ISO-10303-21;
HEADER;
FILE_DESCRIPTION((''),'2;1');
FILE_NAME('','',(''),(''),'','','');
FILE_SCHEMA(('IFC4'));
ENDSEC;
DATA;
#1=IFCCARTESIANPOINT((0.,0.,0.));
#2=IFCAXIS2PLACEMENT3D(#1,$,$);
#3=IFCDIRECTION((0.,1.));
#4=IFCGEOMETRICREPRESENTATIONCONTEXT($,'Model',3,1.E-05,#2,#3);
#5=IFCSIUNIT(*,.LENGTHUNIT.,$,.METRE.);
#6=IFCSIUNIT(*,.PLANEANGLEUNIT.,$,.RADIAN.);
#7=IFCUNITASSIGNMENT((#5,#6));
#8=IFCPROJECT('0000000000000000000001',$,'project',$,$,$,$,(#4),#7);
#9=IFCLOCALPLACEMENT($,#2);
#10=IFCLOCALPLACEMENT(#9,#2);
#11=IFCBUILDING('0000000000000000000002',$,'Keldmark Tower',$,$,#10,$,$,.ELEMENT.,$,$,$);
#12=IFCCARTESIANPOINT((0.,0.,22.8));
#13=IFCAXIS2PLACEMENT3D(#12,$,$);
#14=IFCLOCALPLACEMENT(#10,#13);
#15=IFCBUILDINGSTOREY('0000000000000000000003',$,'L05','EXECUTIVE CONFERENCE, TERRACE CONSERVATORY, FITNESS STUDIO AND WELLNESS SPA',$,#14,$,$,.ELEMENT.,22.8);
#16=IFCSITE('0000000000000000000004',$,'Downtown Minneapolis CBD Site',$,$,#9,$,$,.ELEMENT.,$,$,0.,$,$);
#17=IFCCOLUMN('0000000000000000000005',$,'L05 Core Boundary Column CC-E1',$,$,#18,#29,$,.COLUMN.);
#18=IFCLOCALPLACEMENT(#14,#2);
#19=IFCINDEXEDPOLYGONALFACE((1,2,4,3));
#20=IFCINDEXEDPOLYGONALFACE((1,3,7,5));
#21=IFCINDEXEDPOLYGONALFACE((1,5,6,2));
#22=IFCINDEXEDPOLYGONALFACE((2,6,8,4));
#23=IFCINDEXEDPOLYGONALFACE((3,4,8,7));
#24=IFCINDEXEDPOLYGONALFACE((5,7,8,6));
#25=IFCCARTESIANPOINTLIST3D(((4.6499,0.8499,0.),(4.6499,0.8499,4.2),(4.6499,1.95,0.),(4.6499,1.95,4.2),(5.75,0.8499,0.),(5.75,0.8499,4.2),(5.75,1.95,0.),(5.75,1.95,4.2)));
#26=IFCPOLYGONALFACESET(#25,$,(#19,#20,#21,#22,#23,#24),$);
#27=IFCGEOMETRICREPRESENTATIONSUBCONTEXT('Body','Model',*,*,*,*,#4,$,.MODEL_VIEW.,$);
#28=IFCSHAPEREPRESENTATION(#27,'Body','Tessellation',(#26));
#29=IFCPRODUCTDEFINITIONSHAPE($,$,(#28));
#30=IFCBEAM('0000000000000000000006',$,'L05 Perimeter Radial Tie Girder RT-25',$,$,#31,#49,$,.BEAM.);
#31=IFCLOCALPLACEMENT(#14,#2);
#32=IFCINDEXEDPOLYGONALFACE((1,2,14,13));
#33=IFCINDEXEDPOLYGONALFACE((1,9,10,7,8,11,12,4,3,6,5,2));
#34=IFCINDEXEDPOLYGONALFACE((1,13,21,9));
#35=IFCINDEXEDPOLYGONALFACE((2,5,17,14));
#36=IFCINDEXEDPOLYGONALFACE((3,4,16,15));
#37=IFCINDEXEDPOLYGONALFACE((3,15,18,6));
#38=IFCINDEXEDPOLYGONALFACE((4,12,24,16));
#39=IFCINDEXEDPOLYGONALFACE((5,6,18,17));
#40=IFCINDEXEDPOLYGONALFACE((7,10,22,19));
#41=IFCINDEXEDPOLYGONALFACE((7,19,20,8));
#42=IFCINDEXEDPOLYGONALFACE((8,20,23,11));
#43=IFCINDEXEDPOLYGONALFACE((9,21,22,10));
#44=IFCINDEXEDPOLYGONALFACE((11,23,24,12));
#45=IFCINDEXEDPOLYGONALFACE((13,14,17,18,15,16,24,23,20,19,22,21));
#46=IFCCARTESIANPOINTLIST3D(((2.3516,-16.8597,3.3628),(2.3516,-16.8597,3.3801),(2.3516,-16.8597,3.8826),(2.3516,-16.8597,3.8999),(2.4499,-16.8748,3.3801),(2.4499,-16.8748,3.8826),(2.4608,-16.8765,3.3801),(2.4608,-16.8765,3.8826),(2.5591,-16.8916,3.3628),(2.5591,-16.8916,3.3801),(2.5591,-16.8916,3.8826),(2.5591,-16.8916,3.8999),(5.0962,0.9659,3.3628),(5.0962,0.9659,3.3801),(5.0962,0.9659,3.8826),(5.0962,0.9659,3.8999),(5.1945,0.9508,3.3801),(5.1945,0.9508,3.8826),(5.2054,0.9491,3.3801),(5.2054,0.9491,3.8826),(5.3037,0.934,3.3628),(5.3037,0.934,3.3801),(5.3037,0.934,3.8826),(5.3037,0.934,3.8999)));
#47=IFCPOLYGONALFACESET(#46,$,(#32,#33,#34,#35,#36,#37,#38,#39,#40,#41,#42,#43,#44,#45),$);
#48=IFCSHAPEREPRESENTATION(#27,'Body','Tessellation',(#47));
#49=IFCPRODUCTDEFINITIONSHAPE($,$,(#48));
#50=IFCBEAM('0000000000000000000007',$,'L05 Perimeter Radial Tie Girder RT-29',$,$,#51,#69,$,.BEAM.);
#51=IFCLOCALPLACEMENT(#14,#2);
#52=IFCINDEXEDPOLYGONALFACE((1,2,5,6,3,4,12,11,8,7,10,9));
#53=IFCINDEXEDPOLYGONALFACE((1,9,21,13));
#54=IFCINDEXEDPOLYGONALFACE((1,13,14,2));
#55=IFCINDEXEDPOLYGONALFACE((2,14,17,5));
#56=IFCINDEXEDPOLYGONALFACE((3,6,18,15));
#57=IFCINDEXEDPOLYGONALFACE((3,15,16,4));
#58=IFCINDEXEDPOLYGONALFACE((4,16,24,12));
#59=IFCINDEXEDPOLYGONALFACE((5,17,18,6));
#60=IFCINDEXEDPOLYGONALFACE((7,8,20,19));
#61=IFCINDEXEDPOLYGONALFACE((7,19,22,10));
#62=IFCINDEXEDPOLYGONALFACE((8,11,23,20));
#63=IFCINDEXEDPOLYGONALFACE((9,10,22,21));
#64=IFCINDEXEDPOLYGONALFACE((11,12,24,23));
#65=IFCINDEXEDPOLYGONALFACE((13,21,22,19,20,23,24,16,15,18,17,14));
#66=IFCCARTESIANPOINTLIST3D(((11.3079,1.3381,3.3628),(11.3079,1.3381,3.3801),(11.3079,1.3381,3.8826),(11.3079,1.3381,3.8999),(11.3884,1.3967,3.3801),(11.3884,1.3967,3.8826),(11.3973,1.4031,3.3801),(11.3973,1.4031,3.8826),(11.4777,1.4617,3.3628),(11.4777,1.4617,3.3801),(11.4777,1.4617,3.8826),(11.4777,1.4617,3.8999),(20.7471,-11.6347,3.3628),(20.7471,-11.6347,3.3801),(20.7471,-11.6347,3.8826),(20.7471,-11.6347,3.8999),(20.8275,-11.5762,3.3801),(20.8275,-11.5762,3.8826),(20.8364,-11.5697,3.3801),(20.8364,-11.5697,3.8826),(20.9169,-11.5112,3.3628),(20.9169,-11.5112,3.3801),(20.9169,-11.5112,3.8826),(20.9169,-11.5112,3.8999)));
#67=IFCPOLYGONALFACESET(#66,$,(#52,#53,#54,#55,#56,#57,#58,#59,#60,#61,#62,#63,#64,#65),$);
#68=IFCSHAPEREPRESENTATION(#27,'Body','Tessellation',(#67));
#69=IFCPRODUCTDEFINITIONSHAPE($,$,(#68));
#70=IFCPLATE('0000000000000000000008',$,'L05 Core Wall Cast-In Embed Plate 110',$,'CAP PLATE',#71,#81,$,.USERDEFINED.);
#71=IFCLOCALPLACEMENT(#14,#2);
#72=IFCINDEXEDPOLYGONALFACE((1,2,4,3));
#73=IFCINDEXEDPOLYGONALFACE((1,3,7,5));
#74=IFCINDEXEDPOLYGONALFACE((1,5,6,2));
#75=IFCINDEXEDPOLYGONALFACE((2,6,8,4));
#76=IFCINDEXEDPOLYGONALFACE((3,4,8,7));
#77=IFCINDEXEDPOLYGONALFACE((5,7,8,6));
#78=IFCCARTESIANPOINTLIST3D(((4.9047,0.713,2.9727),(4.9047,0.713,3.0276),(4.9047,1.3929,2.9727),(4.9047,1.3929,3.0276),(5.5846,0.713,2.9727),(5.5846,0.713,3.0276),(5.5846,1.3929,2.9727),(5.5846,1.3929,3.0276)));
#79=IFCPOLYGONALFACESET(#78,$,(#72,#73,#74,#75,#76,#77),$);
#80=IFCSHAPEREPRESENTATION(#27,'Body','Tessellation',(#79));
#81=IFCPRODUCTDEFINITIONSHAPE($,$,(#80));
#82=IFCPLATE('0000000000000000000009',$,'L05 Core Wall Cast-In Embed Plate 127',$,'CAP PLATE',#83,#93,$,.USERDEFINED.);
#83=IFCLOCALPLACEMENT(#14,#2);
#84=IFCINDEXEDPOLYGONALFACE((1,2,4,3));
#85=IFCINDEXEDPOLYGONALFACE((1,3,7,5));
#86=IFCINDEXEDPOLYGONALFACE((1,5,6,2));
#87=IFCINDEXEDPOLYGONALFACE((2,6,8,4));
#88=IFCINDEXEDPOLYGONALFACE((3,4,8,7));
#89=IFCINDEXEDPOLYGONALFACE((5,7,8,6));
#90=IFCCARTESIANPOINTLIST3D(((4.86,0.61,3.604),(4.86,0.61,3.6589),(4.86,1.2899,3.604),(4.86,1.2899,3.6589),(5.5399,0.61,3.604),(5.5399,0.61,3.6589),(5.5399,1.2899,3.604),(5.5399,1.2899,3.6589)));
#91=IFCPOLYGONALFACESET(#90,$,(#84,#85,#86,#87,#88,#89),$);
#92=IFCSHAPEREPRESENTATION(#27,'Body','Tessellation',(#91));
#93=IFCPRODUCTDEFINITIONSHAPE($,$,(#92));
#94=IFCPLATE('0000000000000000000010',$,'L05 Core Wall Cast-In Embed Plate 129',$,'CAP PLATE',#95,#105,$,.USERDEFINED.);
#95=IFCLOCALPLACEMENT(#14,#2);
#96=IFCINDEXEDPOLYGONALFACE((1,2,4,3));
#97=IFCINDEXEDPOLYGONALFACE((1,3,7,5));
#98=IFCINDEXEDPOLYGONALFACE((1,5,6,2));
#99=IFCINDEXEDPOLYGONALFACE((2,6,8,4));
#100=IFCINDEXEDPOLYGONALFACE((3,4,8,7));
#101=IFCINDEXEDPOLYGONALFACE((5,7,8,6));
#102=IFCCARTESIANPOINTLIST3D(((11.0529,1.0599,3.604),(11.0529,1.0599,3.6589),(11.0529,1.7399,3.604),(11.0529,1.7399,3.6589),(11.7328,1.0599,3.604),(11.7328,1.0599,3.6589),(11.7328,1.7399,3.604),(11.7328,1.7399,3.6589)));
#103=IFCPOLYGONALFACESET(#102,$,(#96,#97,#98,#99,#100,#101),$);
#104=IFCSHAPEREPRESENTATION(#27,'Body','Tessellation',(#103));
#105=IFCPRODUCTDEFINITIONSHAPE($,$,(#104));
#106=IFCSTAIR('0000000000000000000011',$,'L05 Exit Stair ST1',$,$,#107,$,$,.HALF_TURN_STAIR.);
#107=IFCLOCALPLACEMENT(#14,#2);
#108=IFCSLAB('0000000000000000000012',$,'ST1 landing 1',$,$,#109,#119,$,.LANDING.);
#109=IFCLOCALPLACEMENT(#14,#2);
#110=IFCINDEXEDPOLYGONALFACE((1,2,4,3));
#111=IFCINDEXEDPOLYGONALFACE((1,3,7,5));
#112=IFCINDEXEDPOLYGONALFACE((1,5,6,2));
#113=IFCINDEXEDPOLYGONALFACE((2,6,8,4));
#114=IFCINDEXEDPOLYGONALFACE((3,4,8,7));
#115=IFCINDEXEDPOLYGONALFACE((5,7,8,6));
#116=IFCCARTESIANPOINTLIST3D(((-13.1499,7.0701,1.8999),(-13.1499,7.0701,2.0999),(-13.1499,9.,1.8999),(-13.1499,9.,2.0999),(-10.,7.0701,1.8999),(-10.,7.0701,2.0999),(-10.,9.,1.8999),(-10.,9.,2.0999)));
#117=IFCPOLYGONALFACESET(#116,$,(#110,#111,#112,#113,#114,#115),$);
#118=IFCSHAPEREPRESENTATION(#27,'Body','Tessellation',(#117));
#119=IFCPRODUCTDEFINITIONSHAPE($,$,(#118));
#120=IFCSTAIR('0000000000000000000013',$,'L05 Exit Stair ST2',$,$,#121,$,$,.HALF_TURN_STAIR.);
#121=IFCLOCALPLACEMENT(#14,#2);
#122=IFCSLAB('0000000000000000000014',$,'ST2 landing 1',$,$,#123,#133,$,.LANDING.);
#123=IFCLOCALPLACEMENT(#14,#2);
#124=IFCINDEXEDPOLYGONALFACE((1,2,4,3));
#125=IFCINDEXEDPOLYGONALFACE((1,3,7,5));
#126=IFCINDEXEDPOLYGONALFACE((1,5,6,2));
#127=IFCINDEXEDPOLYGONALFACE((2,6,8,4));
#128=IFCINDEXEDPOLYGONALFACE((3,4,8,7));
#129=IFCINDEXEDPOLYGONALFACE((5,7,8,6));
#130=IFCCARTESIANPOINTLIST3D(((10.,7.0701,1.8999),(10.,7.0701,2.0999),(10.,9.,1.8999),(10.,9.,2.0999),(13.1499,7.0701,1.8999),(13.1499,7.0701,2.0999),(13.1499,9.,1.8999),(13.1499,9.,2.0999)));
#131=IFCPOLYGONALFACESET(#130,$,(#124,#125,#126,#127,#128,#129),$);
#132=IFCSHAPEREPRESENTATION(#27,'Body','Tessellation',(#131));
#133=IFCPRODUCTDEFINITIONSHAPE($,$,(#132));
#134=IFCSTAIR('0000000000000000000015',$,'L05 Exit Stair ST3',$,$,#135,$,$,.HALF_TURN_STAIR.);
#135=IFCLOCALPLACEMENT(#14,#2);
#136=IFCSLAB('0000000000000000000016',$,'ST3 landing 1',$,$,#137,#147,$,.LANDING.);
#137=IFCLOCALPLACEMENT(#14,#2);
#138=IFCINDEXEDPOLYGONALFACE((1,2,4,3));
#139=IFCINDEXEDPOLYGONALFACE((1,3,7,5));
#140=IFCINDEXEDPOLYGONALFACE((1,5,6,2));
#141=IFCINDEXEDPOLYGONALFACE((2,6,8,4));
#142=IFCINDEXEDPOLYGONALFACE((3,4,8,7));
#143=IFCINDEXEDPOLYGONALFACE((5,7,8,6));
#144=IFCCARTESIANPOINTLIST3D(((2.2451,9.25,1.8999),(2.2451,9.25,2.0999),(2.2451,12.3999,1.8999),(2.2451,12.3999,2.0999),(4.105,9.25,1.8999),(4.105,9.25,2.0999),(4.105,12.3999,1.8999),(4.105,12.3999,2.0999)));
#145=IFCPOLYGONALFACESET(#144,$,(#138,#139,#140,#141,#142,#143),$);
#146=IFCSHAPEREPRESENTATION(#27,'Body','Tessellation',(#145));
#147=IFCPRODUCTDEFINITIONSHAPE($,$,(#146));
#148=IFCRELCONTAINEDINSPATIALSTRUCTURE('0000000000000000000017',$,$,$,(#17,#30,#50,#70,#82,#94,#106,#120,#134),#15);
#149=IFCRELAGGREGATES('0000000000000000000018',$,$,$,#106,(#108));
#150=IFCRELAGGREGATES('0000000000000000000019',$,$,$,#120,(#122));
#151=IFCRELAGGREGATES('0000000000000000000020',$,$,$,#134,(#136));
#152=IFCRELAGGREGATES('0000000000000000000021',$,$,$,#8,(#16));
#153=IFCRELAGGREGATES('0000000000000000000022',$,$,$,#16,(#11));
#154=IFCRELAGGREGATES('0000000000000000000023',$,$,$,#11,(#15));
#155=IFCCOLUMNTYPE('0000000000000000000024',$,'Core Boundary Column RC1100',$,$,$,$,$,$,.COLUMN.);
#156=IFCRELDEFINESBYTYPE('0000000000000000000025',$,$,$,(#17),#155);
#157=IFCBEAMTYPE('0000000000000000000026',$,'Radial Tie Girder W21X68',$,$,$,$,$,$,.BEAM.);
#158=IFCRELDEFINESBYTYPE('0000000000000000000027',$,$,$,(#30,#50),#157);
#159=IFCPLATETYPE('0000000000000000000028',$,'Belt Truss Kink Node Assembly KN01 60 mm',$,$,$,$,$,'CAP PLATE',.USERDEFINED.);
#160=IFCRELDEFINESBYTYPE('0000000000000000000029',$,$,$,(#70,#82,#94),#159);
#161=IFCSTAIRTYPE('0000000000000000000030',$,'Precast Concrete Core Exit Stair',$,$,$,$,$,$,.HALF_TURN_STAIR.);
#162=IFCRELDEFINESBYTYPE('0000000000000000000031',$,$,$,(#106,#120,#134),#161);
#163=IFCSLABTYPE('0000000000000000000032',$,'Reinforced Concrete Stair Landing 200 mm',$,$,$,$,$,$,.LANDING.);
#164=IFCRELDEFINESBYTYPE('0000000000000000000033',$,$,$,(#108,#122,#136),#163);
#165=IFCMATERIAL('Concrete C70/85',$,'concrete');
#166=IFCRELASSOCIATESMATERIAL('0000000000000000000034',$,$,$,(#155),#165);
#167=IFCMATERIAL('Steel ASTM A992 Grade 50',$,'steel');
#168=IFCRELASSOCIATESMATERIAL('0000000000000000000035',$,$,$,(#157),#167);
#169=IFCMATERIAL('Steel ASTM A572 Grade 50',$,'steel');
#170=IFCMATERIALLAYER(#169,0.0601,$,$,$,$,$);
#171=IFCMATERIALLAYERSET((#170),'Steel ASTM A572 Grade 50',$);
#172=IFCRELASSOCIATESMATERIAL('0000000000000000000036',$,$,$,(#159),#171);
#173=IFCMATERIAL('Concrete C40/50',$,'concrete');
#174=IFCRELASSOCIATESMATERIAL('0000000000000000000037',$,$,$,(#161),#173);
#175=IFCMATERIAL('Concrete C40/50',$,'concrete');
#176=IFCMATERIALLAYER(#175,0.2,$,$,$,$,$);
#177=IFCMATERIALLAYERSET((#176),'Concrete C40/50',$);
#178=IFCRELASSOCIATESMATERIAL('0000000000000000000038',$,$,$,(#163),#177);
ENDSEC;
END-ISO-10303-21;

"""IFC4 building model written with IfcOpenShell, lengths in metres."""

from ifc_helpers import new_model, si_unit, direction, frame, origin, origin_2d, place, context, subcontext, project, spatial, polyline, rectangle, i_section, outline, extrude, material, layer, layer_set, material_profile, profile_set, type_object, element, aggregate, save


model = new_model("IFC4")

# Units and contexts
model_context = context("Model", 3, precision=1e-05, world=origin(), true_north=direction((0.0, 1.0)))
body_context = subcontext(model_context, "Body", "Model", "MODEL_VIEW")
ifc_project = project(units=[si_unit("LENGTHUNIT", "METRE"), si_unit("PLANEANGLEUNIT", "RADIAN")], contexts=[model_context])

# Site, building, storey
site_placement = place(None, origin())
site = spatial("IfcSite", under=ifc_project, at=site_placement, Name="Downtown Minneapolis CBD Site", CompositionType="ELEMENT", RefElevation=0.0)
building_placement = place(site_placement, origin())
building = spatial("IfcBuilding", under=site, at=building_placement, Name="Keldmark Tower", CompositionType="ELEMENT")
storey_placement = place(building_placement, frame((0.0, 0.0, 22.8)))
storey = spatial("IfcBuildingStorey", under=building, at=storey_placement, Name="L05", Description="EXECUTIVE CONFERENCE, TERRACE CONSERVATORY, FITNESS STUDIO AND WELLNESS SPA", CompositionType="ELEMENT", Elevation=22.8)

# Column
ifc_material_1 = material(Name="Concrete C70/85", Category="concrete")
ifc_material_profile_1 = material_profile(ifc_material_1, rectangle(XDim=1.1001, YDim=1.1001, at=origin_2d()), Name="RC1100X1100")
ifc_profile_set_1 = profile_set([ifc_material_profile_1], Name="Concrete C70/85")
column_type = type_object("IfcColumnType", Name="Core Boundary Column RC1100", PredefinedType="COLUMN", material=ifc_profile_set_1)
column_placement = place(storey_placement, frame((5.2, 1.3999, 0.0), z_axis=(0.0, 0.0, 1.0), x_axis=(1.0, 0.0, 0.0)))
element("IfcColumn", 1, at=column_placement, inside=storey, type_object=column_type, Name="L05 Core Boundary Column CC-E1", PredefinedType="COLUMN", context=body_context, shape_type="SweptSolid", body=[
    extrude(rectangle(XDim=1.1001, YDim=1.1001, at=origin_2d()), origin(), (0.0, 0.0, 1.0), 4.2),
])

# Beams
ifc_material_2 = material(Name="Steel ASTM A992 Grade 50", Category="steel")
ifc_material_profile_2 = material_profile(ifc_material_2, i_section(OverallWidth=0.21, OverallDepth=0.5371, WebThickness=0.011, FlangeThickness=0.0173, at=origin_2d()), Name="W21X68")
ifc_profile_set_2 = profile_set([ifc_material_profile_2], Name="Steel ASTM A992 Grade 50")
beam_type = type_object("IfcBeamType", Name="Radial Tie Girder W21X68", PredefinedType="BEAM", material=ifc_profile_set_2)
beam_1_placement = place(storey_placement, frame((5.2, 0.95, 3.6313), z_axis=(-0.152177, -0.988353, 0.0), x_axis=(0.988353, -0.152177, 0.0)))
element("IfcBeam", 2, at=beam_1_placement, inside=storey, type_object=beam_type, Name="L05 Perimeter Radial Tie Girder RT-25", PredefinedType="BEAM", context=body_context, shape_type="SweptSolid", body=[
    extrude(i_section(OverallWidth=0.21, OverallDepth=0.5371, WebThickness=0.011, FlangeThickness=0.0173, at=origin_2d()), origin(), (0.0, 0.0, 1.0), 18.0356),
])
beam_2_placement = place(storey_placement, frame((11.3928, 1.3999, 3.6313), z_axis=(0.58835, -0.808606, 0.0), x_axis=(0.808606, 0.58835, 0.0)))
element("IfcBeam", 3, at=beam_2_placement, inside=storey, type_object=beam_type, Name="L05 Perimeter Radial Tie Girder RT-29", PredefinedType="BEAM", context=body_context, shape_type="SweptSolid", body=[
    extrude(i_section(OverallWidth=0.21, OverallDepth=0.5371, WebThickness=0.011, FlangeThickness=0.0173, at=origin_2d()), origin(), (0.0, 0.0, 1.0), 16.0435),
])

# Plates
ifc_material_3 = material(Name="Steel ASTM A572 Grade 50", Category="steel")
ifc_layer_1 = layer(ifc_material_3, 0.0601)
ifc_layer_set_1 = layer_set([ifc_layer_1], Name="Steel ASTM A572 Grade 50")
plate_type = type_object("IfcPlateType", Name="Belt Truss Kink Node Assembly KN01 60 mm", ElementType="CAP PLATE", PredefinedType="USERDEFINED", material=ifc_layer_set_1)
for number, where, z_axis, x_axis, name in (
    (4, (5.2446, 1.053, 2.9727), (0.0, 0.0, 1.0), (1.0, 0.0, 0.0), "L05 Core Wall Cast-In Embed Plate 110"),
    (5, (5.2, 0.95, 3.604), (0.0, 0.0, 1.0), (1.0, 0.0, 0.0), "L05 Core Wall Cast-In Embed Plate 127"),
    (6, (11.3928, 1.3999, 3.604), (0.0, 0.0, 1.0), (1.0, 0.0, 0.0), "L05 Core Wall Cast-In Embed Plate 129"),
):
    element("IfcPlate", number, at=place(storey_placement, frame(where, z_axis=z_axis, x_axis=x_axis)), inside=storey, type_object=plate_type, Name=name, ObjectType="CAP PLATE", PredefinedType="USERDEFINED", context=body_context, shape_type="SweptSolid", body=[
        extrude(rectangle(XDim=0.6799, YDim=0.6799, at=origin_2d()), origin(), (0.0, 0.0, 1.0), 0.0549),
    ])

# Stairs, slabs
ifc_material_4 = material(Name="Concrete C40/50", Category="concrete")
stair_type = type_object("IfcStairType", Name="Precast Concrete Core Exit Stair", PredefinedType="HALF_TURN_STAIR", material=ifc_material_4)
stair_1_placement = place(storey_placement, origin())
stair_1 = element("IfcStair", 7, at=stair_1_placement, inside=storey, type_object=stair_type, Name="L05 Exit Stair ST1", PredefinedType="HALF_TURN_STAIR")
ifc_material_5 = material(Name="Concrete C40/50", Category="concrete")
ifc_layer_2 = layer(ifc_material_5, 0.2)
ifc_layer_set_2 = layer_set([ifc_layer_2], Name="Concrete C40/50")
slab_type_1 = type_object("IfcSlabType", Name="Reinforced Concrete Stair Landing 200 mm", PredefinedType="LANDING", material=ifc_layer_set_2)
slab_1_placement = place(storey_placement, frame((0.0, 0.0, 1.8999)))
slab_1 = element("IfcSlab", 8, at=slab_1_placement, type_object=slab_type_1, Name="ST1 landing 1", PredefinedType="LANDING", context=body_context, shape_type="SweptSolid", body=[
    extrude(outline(polyline([(-10.0, 7.0701), (-10.0, 9.0), (-13.1499, 9.0), (-13.1499, 7.0701), (-10.0, 7.0701)])), origin(), (0.0, 0.0, 1.0), 0.2),
])
aggregate(stair_1, [slab_1])
stair_2_placement = place(storey_placement, origin())
stair_2 = element("IfcStair", 9, at=stair_2_placement, inside=storey, type_object=stair_type, Name="L05 Exit Stair ST2", PredefinedType="HALF_TURN_STAIR")
slab_2_placement = place(storey_placement, frame((0.0, 0.0, 1.8999)))
slab_2 = element("IfcSlab", 10, at=slab_2_placement, type_object=slab_type_1, Name="ST2 landing 1", PredefinedType="LANDING", context=body_context, shape_type="SweptSolid", body=[
    extrude(outline(polyline([(13.1499, 7.0701), (13.1499, 9.0), (10.0, 9.0), (10.0, 7.0701), (13.1499, 7.0701)])), origin(), (0.0, 0.0, 1.0), 0.2),
])
aggregate(stair_2, [slab_2])
stair_3_placement = place(storey_placement, origin())
stair_3 = element("IfcStair", 11, at=stair_3_placement, inside=storey, type_object=stair_type, Name="L05 Exit Stair ST3", PredefinedType="HALF_TURN_STAIR")
slab_3_placement = place(storey_placement, frame((0.0, 0.0, 1.8999)))
slab_3 = element("IfcSlab", 12, at=slab_3_placement, type_object=slab_type_1, Name="ST3 landing 1", PredefinedType="LANDING", context=body_context, shape_type="SweptSolid", body=[
    extrude(outline(polyline([(2.2451, 9.25), (4.105, 9.25), (4.105, 12.3999), (2.2451, 12.3999), (2.2451, 9.25)])), origin(), (0.0, 0.0, 1.0), 0.2),
])
aggregate(stair_3, [slab_3])

save(model, "model.ifc")
